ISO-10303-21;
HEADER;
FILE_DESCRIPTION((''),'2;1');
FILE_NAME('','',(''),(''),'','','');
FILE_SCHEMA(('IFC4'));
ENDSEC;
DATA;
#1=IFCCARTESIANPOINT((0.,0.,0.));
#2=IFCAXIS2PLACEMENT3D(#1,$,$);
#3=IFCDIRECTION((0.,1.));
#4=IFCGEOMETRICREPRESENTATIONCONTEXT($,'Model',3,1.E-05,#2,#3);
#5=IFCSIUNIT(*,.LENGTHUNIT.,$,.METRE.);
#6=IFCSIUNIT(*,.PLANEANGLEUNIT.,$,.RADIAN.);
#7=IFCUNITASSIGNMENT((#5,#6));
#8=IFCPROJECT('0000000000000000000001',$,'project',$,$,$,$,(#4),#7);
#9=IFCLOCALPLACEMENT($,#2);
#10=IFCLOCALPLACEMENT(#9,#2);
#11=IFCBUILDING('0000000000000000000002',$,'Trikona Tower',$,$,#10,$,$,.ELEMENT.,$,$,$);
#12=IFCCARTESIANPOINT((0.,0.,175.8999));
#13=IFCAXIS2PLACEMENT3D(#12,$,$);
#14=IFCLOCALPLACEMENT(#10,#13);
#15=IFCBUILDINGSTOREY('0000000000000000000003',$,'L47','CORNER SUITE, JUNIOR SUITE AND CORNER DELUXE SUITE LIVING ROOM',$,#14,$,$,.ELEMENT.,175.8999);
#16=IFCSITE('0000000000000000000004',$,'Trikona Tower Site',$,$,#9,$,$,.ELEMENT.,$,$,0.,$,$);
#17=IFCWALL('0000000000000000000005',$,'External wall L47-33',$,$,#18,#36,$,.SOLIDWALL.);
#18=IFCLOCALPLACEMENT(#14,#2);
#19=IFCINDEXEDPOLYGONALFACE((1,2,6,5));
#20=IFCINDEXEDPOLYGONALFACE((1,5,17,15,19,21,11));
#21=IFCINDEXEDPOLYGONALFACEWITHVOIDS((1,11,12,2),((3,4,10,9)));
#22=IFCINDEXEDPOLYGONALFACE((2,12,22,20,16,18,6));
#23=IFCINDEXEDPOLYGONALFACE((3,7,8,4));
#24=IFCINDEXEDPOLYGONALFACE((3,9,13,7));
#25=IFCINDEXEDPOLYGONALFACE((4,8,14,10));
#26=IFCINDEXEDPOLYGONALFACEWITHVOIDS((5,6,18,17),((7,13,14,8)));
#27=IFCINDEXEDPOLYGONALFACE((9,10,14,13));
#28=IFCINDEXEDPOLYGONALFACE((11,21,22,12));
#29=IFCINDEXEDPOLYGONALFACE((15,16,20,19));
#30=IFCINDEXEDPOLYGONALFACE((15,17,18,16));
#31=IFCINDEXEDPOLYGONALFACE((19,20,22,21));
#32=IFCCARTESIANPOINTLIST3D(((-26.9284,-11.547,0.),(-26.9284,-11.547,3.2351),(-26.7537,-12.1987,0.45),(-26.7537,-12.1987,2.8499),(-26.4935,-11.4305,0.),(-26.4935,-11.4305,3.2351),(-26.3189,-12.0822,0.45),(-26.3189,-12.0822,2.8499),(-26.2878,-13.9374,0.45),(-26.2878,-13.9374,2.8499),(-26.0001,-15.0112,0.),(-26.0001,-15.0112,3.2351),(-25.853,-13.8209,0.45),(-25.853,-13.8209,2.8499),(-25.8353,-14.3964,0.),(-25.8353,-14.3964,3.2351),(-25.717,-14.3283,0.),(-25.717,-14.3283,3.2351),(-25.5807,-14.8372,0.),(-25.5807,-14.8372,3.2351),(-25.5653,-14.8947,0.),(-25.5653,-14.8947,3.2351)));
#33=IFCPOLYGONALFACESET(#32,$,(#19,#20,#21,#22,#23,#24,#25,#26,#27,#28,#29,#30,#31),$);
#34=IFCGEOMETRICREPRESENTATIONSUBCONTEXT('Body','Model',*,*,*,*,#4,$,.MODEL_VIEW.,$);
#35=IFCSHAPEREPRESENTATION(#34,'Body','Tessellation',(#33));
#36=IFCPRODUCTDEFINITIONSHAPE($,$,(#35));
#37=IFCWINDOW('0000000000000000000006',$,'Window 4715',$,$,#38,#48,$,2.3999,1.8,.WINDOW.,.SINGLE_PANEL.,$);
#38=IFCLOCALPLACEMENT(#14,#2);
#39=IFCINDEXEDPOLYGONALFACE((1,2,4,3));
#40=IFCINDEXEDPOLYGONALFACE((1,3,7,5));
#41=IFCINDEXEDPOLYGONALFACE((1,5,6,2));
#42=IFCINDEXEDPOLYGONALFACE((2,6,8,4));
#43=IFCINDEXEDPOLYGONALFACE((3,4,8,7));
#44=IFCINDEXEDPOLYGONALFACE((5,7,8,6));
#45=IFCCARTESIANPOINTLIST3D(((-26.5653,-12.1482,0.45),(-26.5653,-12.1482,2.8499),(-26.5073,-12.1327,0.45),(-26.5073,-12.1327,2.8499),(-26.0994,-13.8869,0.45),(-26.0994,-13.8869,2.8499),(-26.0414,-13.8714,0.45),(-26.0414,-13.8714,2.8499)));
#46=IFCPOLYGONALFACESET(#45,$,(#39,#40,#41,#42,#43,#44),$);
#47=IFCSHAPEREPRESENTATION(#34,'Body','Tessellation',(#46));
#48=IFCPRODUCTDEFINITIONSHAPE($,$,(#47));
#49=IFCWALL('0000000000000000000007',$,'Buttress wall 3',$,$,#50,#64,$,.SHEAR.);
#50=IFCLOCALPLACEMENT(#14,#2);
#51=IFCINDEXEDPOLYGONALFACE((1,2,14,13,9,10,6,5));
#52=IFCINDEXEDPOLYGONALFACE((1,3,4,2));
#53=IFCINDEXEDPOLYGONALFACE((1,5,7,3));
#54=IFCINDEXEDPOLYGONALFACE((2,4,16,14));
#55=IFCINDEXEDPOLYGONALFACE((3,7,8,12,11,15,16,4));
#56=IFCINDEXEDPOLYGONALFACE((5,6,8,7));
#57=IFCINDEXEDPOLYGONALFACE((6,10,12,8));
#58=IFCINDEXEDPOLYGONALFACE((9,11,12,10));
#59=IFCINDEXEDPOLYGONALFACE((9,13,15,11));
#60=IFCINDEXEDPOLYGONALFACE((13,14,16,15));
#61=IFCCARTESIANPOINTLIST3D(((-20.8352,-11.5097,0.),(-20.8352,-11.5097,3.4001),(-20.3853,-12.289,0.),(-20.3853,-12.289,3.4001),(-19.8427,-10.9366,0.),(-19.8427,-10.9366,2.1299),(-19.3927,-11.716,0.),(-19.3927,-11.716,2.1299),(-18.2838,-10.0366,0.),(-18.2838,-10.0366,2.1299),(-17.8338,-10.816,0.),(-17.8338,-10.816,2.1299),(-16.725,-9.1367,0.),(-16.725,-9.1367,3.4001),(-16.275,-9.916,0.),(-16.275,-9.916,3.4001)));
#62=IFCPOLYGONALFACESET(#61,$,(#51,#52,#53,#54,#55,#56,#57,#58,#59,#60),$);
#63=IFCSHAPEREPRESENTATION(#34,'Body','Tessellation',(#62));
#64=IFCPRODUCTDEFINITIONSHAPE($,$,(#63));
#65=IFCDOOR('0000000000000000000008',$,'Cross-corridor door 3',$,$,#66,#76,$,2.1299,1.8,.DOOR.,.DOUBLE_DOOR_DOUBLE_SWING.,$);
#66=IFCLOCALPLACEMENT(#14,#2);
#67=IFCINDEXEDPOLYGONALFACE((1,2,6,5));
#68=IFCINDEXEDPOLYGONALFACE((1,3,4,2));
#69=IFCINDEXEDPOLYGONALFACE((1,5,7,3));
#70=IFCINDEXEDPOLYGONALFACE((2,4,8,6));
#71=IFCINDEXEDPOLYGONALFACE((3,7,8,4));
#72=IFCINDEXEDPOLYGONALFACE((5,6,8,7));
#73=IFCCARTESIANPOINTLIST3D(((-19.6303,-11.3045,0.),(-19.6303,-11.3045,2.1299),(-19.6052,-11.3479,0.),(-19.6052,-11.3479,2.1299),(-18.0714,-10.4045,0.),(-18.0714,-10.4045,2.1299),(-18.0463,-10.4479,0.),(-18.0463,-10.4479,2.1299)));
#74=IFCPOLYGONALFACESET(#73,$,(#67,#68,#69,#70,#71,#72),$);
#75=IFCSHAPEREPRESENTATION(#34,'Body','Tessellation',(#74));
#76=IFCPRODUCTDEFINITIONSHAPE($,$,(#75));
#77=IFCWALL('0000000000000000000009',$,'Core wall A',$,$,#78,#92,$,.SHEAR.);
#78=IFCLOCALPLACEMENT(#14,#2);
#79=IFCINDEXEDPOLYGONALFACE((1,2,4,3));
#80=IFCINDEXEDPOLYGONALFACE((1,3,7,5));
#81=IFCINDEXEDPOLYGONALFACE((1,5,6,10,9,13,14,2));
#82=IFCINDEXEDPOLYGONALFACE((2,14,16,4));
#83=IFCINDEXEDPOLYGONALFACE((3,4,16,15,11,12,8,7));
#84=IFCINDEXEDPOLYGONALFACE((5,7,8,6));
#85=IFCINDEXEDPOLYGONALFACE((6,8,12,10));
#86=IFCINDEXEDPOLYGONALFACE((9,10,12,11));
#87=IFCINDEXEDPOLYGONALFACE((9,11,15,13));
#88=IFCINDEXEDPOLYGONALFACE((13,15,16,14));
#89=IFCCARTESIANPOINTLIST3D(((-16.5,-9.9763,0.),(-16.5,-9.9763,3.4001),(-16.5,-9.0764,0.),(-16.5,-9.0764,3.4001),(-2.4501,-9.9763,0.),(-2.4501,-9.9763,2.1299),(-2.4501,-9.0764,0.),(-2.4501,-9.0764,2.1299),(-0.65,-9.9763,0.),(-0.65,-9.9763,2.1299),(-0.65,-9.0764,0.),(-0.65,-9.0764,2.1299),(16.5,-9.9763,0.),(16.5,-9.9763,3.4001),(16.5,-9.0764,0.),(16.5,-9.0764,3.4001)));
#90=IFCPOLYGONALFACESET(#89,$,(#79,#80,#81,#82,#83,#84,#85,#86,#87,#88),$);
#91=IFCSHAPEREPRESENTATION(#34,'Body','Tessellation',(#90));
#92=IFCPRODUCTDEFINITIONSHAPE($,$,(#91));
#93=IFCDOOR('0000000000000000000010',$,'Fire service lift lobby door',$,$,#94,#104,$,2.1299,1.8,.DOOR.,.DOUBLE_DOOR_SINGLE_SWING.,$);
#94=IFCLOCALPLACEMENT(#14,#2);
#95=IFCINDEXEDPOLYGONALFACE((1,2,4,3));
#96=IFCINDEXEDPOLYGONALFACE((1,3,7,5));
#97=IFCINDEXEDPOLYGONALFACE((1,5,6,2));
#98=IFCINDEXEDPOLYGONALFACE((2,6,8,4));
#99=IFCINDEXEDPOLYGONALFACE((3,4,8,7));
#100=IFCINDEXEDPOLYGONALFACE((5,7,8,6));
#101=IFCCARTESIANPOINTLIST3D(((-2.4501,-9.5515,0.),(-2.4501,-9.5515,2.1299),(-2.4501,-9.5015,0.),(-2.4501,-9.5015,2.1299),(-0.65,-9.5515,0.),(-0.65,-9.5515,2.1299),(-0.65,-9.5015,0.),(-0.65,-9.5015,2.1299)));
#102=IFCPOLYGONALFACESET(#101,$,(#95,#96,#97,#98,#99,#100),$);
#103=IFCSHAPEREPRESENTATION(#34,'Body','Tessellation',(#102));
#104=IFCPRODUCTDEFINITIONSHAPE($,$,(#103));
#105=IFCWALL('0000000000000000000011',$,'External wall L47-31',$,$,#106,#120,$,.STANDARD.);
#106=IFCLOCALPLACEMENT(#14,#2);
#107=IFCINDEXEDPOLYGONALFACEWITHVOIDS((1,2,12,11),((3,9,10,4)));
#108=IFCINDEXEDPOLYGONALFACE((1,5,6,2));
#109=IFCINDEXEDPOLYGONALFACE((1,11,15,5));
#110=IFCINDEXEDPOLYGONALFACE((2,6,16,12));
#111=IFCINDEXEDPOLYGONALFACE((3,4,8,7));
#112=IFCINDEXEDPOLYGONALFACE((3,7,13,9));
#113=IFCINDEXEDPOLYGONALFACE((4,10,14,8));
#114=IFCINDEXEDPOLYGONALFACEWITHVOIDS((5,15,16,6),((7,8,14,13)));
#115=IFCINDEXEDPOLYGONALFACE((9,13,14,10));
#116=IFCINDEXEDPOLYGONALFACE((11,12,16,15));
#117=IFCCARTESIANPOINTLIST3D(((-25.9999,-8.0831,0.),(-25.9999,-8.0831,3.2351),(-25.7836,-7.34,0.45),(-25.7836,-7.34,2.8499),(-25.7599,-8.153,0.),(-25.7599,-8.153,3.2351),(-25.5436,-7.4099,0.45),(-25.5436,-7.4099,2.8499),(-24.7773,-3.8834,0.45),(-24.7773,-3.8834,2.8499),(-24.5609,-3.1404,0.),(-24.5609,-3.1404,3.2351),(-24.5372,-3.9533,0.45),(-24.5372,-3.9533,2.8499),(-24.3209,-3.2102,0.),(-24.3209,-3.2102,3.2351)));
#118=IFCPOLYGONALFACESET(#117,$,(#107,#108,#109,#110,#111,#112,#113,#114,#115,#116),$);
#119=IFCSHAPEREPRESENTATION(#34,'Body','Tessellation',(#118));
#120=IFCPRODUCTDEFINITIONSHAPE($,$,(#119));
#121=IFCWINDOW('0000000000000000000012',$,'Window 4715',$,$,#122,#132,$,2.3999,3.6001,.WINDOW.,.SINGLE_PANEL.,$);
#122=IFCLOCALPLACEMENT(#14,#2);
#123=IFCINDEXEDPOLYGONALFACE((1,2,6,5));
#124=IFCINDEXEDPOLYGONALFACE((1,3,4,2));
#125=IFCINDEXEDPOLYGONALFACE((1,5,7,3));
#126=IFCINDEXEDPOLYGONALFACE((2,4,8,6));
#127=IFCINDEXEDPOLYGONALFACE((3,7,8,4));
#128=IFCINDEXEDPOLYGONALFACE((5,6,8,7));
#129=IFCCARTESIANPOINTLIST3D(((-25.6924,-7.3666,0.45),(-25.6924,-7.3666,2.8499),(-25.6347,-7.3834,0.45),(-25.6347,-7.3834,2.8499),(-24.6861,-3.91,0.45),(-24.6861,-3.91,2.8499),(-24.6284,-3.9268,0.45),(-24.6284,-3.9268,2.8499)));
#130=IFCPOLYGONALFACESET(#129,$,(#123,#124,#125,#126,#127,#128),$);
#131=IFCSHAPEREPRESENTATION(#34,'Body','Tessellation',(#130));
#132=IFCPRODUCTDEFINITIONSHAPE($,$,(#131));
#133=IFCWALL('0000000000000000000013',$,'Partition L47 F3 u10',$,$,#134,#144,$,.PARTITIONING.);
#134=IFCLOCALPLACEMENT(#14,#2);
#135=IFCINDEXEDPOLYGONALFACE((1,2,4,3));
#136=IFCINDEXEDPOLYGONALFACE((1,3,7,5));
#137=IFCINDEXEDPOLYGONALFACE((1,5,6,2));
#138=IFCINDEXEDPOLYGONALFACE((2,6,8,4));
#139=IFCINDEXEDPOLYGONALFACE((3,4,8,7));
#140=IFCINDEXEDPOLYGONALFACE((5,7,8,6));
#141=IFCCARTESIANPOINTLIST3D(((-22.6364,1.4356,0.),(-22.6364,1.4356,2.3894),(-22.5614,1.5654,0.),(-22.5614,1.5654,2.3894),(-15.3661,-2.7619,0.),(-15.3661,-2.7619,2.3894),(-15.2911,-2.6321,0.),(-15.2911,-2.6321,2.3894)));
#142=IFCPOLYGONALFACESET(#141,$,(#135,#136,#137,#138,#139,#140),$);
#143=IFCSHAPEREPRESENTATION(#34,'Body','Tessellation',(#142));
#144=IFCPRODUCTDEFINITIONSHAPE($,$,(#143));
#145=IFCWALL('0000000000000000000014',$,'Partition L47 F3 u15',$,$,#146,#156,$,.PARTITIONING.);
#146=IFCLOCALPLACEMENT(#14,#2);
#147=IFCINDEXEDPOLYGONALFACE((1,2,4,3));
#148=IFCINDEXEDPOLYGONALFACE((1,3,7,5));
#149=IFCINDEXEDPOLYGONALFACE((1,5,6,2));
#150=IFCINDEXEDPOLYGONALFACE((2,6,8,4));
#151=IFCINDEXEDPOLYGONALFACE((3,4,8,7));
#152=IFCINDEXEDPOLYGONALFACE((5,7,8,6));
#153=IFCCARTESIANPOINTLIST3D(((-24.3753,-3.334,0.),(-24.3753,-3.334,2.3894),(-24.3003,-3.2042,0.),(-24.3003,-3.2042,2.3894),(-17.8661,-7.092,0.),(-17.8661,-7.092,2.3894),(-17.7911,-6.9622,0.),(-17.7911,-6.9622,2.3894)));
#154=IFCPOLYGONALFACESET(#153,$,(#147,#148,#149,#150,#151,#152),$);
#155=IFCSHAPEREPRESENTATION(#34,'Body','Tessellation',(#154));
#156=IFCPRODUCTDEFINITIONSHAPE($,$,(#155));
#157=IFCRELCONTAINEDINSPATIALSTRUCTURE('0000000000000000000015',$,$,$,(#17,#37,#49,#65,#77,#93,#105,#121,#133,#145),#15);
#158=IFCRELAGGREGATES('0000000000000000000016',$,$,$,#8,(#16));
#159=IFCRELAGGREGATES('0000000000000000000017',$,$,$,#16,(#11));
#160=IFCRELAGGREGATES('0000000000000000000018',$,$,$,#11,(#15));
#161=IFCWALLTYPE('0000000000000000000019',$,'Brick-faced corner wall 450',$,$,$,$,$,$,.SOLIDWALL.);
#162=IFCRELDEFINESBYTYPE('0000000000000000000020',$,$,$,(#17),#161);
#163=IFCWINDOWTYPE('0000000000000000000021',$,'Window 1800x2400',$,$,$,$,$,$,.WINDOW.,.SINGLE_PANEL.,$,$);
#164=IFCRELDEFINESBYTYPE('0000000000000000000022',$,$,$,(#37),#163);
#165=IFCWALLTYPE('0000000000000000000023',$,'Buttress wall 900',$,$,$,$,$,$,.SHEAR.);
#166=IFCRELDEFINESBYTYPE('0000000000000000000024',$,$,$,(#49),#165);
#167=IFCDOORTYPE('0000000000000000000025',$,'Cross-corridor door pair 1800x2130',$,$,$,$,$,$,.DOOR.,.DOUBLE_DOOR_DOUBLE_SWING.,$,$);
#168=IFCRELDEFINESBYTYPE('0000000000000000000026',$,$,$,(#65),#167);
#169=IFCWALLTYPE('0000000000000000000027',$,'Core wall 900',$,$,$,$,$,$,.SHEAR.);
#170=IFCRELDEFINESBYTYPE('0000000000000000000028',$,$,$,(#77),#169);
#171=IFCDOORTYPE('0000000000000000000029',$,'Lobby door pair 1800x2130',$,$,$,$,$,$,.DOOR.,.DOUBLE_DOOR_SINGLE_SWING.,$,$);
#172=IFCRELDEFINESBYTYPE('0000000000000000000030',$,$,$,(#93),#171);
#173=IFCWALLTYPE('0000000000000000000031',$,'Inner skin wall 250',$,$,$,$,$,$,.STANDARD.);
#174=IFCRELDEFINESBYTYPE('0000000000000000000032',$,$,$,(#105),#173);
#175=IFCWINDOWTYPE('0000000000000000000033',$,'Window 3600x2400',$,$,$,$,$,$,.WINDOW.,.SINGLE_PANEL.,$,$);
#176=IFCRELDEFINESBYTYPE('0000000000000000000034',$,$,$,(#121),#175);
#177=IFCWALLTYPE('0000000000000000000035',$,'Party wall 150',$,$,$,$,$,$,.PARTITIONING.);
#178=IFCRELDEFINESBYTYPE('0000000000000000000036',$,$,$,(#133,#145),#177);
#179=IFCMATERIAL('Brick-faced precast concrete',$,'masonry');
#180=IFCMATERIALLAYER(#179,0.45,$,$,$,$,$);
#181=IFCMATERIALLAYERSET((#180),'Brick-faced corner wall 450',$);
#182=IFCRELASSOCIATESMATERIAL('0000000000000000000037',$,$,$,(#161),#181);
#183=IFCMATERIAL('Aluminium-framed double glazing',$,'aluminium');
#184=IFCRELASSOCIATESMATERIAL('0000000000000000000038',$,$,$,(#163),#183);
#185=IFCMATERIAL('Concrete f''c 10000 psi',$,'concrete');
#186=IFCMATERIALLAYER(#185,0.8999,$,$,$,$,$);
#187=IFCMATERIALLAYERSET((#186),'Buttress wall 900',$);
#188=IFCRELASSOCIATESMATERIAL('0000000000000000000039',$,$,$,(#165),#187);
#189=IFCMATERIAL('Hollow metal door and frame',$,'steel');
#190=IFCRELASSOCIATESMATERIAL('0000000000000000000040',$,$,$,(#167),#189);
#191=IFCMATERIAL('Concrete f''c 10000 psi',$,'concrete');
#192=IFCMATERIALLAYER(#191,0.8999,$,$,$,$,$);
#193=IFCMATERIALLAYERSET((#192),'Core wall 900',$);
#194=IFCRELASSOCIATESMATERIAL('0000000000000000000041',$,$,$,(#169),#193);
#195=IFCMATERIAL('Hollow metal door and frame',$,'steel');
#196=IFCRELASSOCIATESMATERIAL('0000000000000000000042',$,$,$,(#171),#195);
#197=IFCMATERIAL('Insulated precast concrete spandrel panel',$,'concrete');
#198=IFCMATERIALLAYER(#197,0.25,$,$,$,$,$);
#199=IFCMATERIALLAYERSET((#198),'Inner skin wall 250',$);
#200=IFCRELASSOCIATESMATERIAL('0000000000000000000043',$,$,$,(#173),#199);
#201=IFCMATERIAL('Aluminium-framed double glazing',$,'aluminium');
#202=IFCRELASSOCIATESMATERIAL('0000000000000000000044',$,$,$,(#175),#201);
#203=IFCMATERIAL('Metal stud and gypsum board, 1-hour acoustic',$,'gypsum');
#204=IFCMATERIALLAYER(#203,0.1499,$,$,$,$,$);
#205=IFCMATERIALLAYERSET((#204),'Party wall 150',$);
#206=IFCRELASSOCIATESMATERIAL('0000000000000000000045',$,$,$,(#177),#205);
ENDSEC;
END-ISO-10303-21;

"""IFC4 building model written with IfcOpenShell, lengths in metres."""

from ifc_helpers import new_model, si_unit, direction, frame, frame_2d, origin, place, context, subcontext, project, spatial, polyline, rectangle, outline, extrude, material, layer, layer_set, type_object, element, fill, save


model = new_model("IFC4")

# Units and contexts
model_context = context("Model", 3, precision=1e-05, world=origin(), true_north=direction((0.0, 1.0)))
body_context = subcontext(model_context, "Body", "Model", "MODEL_VIEW")
ifc_project = project(units=[si_unit("LENGTHUNIT", "METRE"), si_unit("PLANEANGLEUNIT", "RADIAN")], contexts=[model_context])

# Site, building, storey
site_placement = place(None, origin())
site = spatial("IfcSite", under=ifc_project, at=site_placement, Name="Trikona Tower Site", CompositionType="ELEMENT", RefElevation=0.0)
building_placement = place(site_placement, origin())
building = spatial("IfcBuilding", under=site, at=building_placement, Name="Trikona Tower", CompositionType="ELEMENT")
storey_placement = place(building_placement, frame((0.0, 0.0, 175.8999)))
storey = spatial("IfcBuildingStorey", under=building, at=storey_placement, Name="L47", Description="CORNER SUITE, JUNIOR SUITE AND CORNER DELUXE SUITE LIVING ROOM", CompositionType="ELEMENT", Elevation=175.8999)

# Wall, opening, window
ifc_material_1 = material(Name="Brick-faced precast concrete", Category="masonry")
ifc_layer_1 = layer(ifc_material_1, 0.45)
ifc_layer_set_1 = layer_set([ifc_layer_1], Name="Brick-faced corner wall 450")
wall_type_1 = type_object("IfcWallType", Name="Brick-faced corner wall 450", PredefinedType="SOLIDWALL", material=ifc_layer_set_1)
wall_1_placement = place(storey_placement, frame((-26.7109, -11.4888, 0.0), z_axis=(0.0, 0.0, 1.0), x_axis=(0.258823, -0.965925, 0.0)))
wall_1 = element("IfcWall", 1, at=wall_1_placement, inside=storey, type_object=wall_type_1, Name="External wall L47-33", PredefinedType="SOLIDWALL", context=body_context, shape_type="SweptSolid", body=[
    extrude(outline(polyline([(3.5864, 0.2251), (3.5269, 0.2251), (3.0352, 0.0933), (3.0, 0.2251), (0.0, 0.2251), (0.0, -0.2251), (3.5864, -0.2251), (3.5864, 0.2251)])), origin(), (0.0, 0.0, 1.0), 3.2351),
])
opening_1_placement = place(wall_1_placement, frame((0.6748, 0.0, 0.45)))
opening_1 = element("IfcOpeningElement", 2, at=opening_1_placement, cuts=wall_1, PredefinedType="OPENING", context=body_context, shape_type="SweptSolid", body=[
    extrude(rectangle(XDim=1.8, YDim=2.3999, at=frame_2d((0.8999, 1.2))), frame((0.0, 0.2349, 0.0), z_axis=(0.0, -1.0, 0.0), x_axis=(1.0, 0.0, 0.0)), (0.0, 0.0, 1.0), 0.47),
])
ifc_material_2 = material(Name="Aluminium-framed double glazing", Category="aluminium")
window_type_1 = type_object("IfcWindowType", Name="Window 1800x2400", PartitioningType="SINGLE_PANEL", PredefinedType="WINDOW", material=ifc_material_2)
window_1_placement = place(opening_1_placement, origin())
window_1 = element("IfcWindow", 3, at=window_1_placement, inside=storey, type_object=window_type_1, Name="Window 4715", OverallHeight=2.3999, OverallWidth=1.8, PartitioningType="SINGLE_PANEL", PredefinedType="WINDOW", context=body_context, shape_type="SweptSolid", body=[
    extrude(rectangle(XDim=1.8, YDim=2.3999, at=frame_2d((0.8999, 1.2))), frame((0.0, 0.03, 0.0), z_axis=(0.0, -1.0, 0.0), x_axis=(1.0, 0.0, 0.0)), (0.0, 0.0, 1.0), 0.0601),
])
fill(opening_1, window_1)

# Walls, openings, doors
ifc_material_3 = material(Name="Concrete f'c 10000 psi", Category="concrete")
ifc_layer_2 = layer(ifc_material_3, 0.8999)
ifc_layer_set_2 = layer_set([ifc_layer_2], Name="Buttress wall 900")
wall_type_2 = type_object("IfcWallType", Name="Buttress wall 900", PredefinedType="SHEAR", material=ifc_layer_set_2)
wall_2_placement = place(storey_placement, frame((-16.5, -9.5264, 0.0), z_axis=(0.0, 0.0, 1.0), x_axis=(-0.866031, -0.49999, 0.0)))
wall_2 = element("IfcWall", 4, at=wall_2_placement, inside=storey, type_object=wall_type_2, Name="Buttress wall 3", PredefinedType="SHEAR", context=body_context, shape_type="SweptSolid", body=[
    extrude(rectangle(XDim=4.7461, YDim=0.8999, at=frame_2d((2.373, 0.0))), origin(), (0.0, 0.0, 1.0), 3.4001),
])
opening_2_placement = place(wall_2_placement, frame((1.8, 0.0, 0.0)))
opening_2 = element("IfcOpeningElement", 5, at=opening_2_placement, cuts=wall_2, PredefinedType="OPENING", context=body_context, shape_type="SweptSolid", body=[
    extrude(rectangle(XDim=1.8, YDim=2.1299, at=frame_2d((0.8999, 1.0649))), frame((0.0, 0.46, 0.0), z_axis=(0.0, -1.0, 0.0), x_axis=(1.0, 0.0, 0.0)), (0.0, 0.0, 1.0), 0.9199),
])
ifc_material_4 = material(Name="Hollow metal door and frame", Category="steel")
door_type_1 = type_object("IfcDoorType", Name="Cross-corridor door pair 1800x2130", OperationType="DOUBLE_DOOR_DOUBLE_SWING", PredefinedType="DOOR", material=ifc_material_4)
door_1_placement = place(opening_2_placement, origin())
door_1 = element("IfcDoor", 6, at=door_1_placement, inside=storey, type_object=door_type_1, Name="Cross-corridor door 3", OperationType="DOUBLE_DOOR_DOUBLE_SWING", OverallHeight=2.1299, OverallWidth=1.8, PredefinedType="DOOR", context=body_context, shape_type="SweptSolid", body=[
    extrude(rectangle(XDim=1.8, YDim=2.1299, at=frame_2d((0.8999, 1.0649))), frame((0.0, 0.0249, 0.0), z_axis=(0.0, -1.0, 0.0), x_axis=(1.0, 0.0, 0.0)), (0.0, 0.0, 1.0), 0.05),
])
fill(opening_2, door_1)
ifc_material_5 = material(Name="Concrete f'c 10000 psi", Category="concrete")
ifc_layer_3 = layer(ifc_material_5, 0.8999)
ifc_layer_set_3 = layer_set([ifc_layer_3], Name="Core wall 900")
wall_type_3 = type_object("IfcWallType", Name="Core wall 900", PredefinedType="SHEAR", material=ifc_layer_set_3)
wall_3_placement = place(storey_placement, frame((-16.5, -9.5264, 0.0), z_axis=(0.0, 0.0, 1.0), x_axis=(1.0, 0.0, 0.0)))
wall_3 = element("IfcWall", 7, at=wall_3_placement, inside=storey, type_object=wall_type_3, Name="Core wall A", PredefinedType="SHEAR", context=body_context, shape_type="SweptSolid", body=[
    extrude(rectangle(XDim=33.0, YDim=0.8999, at=frame_2d((16.5, 0.0))), origin(), (0.0, 0.0, 1.0), 3.4001),
])
opening_3_placement = place(wall_3_placement, frame((14.05, 0.0, 0.0)))
opening_3 = element("IfcOpeningElement", 8, at=opening_3_placement, cuts=wall_3, PredefinedType="OPENING", context=body_context, shape_type="SweptSolid", body=[
    extrude(rectangle(XDim=1.8, YDim=2.1299, at=frame_2d((0.8999, 1.0649))), frame((0.0, 0.46, 0.0), z_axis=(0.0, -1.0, 0.0), x_axis=(1.0, 0.0, 0.0)), (0.0, 0.0, 1.0), 0.9199),
])
ifc_material_6 = material(Name="Hollow metal door and frame", Category="steel")
door_type_2 = type_object("IfcDoorType", Name="Lobby door pair 1800x2130", OperationType="DOUBLE_DOOR_SINGLE_SWING", PredefinedType="DOOR", material=ifc_material_6)
door_2_placement = place(opening_3_placement, origin())
door_2 = element("IfcDoor", 9, at=door_2_placement, inside=storey, type_object=door_type_2, Name="Fire service lift lobby door", OperationType="DOUBLE_DOOR_SINGLE_SWING", OverallHeight=2.1299, OverallWidth=1.8, PredefinedType="DOOR", context=body_context, shape_type="SweptSolid", body=[
    extrude(rectangle(XDim=1.8, YDim=2.1299, at=frame_2d((0.8999, 1.0649))), frame((0.0, 0.0249, 0.0), z_axis=(0.0, -1.0, 0.0), x_axis=(1.0, 0.0, 0.0)), (0.0, 0.0, 1.0), 0.05),
])
fill(opening_3, door_2)

# Wall, opening, window
ifc_material_7 = material(Name="Insulated precast concrete spandrel panel", Category="concrete")
ifc_layer_4 = layer(ifc_material_7, 0.25)
ifc_layer_set_4 = layer_set([ifc_layer_4], Name="Inner skin wall 250")
wall_type_4 = type_object("IfcWallType", Name="Inner skin wall 250", PredefinedType="STANDARD", material=ifc_layer_set_4)
wall_4_placement = place(storey_placement, frame((-24.4409, -3.1753, 0.0), z_axis=(0.0, 0.0, 1.0), x_axis=(-0.279528, -0.960137, 0.0)))
wall_4 = element("IfcWall", 10, at=wall_4_placement, inside=storey, type_object=wall_type_4, Name="External wall L47-31", PredefinedType="STANDARD", context=body_context, shape_type="SweptSolid", body=[
    extrude(rectangle(XDim=5.1479, YDim=0.25, at=frame_2d((2.574, 0.0))), origin(), (0.0, 0.0, 1.0), 3.2351),
])
opening_4_placement = place(wall_4_placement, frame((0.7739, 0.0, 0.45)))
opening_4 = element("IfcOpeningElement", 11, at=opening_4_placement, cuts=wall_4, PredefinedType="OPENING", context=body_context, shape_type="SweptSolid", body=[
    extrude(rectangle(XDim=3.6001, YDim=2.3999, at=frame_2d((1.8, 1.2))), frame((0.0, 0.135, 0.0), z_axis=(0.0, -1.0, 0.0), x_axis=(1.0, 0.0, 0.0)), (0.0, 0.0, 1.0), 0.27),
])
ifc_material_8 = material(Name="Aluminium-framed double glazing", Category="aluminium")
window_type_2 = type_object("IfcWindowType", Name="Window 3600x2400", PartitioningType="SINGLE_PANEL", PredefinedType="WINDOW", material=ifc_material_8)
window_2_placement = place(opening_4_placement, origin())
window_2 = element("IfcWindow", 12, at=window_2_placement, inside=storey, type_object=window_type_2, Name="Window 4715", OverallHeight=2.3999, OverallWidth=3.6001, PartitioningType="SINGLE_PANEL", PredefinedType="WINDOW", context=body_context, shape_type="SweptSolid", body=[
    extrude(rectangle(XDim=3.6001, YDim=2.3999, at=frame_2d((1.8, 1.2))), frame((0.0, 0.03, 0.0), z_axis=(0.0, -1.0, 0.0), x_axis=(1.0, 0.0, 0.0)), (0.0, 0.0, 1.0), 0.0601),
])
fill(opening_4, window_2)

# Walls
ifc_material_9 = material(Name="Metal stud and gypsum board, 1-hour acoustic", Category="gypsum")
ifc_layer_5 = layer(ifc_material_9, 0.1499)
ifc_layer_set_5 = layer_set([ifc_layer_5], Name="Party wall 150")
wall_type_5 = type_object("IfcWallType", Name="Party wall 150", PredefinedType="PARTITIONING", material=ifc_layer_set_5)
wall_5_placement = place(storey_placement, frame((-15.3286, -2.697, 0.0), z_axis=(0.0, 0.0, 1.0), x_axis=(-0.866024, 0.500002, 0.0)))
element("IfcWall", 13, at=wall_5_placement, inside=storey, type_object=wall_type_5, Name="Partition L47 F3 u10", PredefinedType="PARTITIONING", context=body_context, shape_type="SweptSolid", body=[
    extrude(rectangle(XDim=8.395, YDim=0.1499, at=frame_2d((4.1975, 0.0))), origin(), (0.0, 0.0, 1.0), 2.3894),
])
wall_6_placement = place(storey_placement, frame((-17.8286, -7.0271, 0.0), z_axis=(0.0, 0.0, 1.0), x_axis=(-0.86603, 0.499992, 0.0)))
element("IfcWall", 14, at=wall_6_placement, inside=storey, type_object=wall_type_5, Name="Partition L47 F3 u15", PredefinedType="PARTITIONING", context=body_context, shape_type="SweptSolid", body=[
    extrude(rectangle(XDim=7.5161, YDim=0.1499, at=frame_2d((3.7581, 0.0))), origin(), (0.0, 0.0, 1.0), 2.3894),
])

save(model, "model.ifc")
